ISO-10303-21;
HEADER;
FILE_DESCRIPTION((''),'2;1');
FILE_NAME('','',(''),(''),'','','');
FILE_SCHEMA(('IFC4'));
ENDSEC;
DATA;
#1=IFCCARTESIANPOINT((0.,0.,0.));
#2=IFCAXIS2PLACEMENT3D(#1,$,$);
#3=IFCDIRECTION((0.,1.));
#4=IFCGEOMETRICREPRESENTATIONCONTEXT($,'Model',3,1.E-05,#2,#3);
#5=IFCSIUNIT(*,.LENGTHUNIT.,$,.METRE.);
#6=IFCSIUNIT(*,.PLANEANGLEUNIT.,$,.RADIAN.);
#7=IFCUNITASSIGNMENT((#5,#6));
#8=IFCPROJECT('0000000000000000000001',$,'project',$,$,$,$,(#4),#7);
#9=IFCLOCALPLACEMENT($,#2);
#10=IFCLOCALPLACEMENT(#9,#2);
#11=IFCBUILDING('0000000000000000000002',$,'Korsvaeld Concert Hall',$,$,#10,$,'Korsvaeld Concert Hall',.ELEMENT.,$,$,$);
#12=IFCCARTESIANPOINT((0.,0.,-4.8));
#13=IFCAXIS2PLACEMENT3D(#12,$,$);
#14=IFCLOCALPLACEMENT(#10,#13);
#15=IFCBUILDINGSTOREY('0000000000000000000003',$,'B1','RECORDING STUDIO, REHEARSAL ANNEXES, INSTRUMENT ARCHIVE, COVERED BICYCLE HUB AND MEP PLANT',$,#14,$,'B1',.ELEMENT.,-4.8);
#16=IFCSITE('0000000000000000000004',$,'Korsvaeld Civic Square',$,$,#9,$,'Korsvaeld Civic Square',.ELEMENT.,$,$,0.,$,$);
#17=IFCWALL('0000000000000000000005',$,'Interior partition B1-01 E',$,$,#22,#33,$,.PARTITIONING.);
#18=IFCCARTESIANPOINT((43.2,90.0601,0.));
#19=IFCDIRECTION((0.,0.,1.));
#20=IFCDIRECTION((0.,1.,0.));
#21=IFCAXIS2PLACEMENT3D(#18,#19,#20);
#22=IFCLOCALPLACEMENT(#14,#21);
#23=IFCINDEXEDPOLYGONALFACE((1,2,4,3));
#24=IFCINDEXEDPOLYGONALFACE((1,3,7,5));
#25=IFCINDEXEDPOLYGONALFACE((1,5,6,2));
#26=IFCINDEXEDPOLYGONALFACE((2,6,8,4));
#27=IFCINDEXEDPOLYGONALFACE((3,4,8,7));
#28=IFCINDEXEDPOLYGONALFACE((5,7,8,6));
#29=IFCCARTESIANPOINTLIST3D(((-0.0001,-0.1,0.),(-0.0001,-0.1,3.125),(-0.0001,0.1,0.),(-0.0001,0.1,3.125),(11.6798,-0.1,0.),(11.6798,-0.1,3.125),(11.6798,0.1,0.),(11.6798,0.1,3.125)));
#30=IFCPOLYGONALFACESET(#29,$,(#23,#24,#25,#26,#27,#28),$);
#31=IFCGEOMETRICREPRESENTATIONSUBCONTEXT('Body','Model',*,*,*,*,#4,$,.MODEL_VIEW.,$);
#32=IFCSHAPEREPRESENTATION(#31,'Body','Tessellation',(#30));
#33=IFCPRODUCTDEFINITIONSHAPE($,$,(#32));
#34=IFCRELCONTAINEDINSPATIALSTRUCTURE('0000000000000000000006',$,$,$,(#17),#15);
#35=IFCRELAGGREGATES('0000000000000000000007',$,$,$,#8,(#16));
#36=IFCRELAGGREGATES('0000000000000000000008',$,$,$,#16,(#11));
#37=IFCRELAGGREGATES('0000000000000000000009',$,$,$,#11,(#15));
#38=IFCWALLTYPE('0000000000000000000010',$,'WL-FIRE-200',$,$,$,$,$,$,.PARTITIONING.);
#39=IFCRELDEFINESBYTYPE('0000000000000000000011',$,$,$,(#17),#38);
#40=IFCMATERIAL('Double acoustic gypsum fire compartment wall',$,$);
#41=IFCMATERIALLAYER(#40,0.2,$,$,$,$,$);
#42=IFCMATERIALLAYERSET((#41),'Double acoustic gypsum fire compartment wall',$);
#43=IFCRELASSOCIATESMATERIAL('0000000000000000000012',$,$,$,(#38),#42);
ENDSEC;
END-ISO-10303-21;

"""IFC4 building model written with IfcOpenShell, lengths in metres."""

from ifc_helpers import new_model, si_unit, direction, frame, frame_2d, origin, place, context, subcontext, project, spatial, rectangle, extrude, material, layer, layer_set, type_object, element, save


model = new_model("IFC4")

# Units and contexts
model_context = context("Model", 3, precision=1e-05, world=origin(), true_north=direction((0.0, 1.0)))
body_context = subcontext(model_context, "Body", "Model", "MODEL_VIEW")
ifc_project = project(units=[si_unit("LENGTHUNIT", "METRE"), si_unit("PLANEANGLEUNIT", "RADIAN")], contexts=[model_context])

# Site, building, storey
site_placement = place(None, origin())
site = spatial("IfcSite", under=ifc_project, at=site_placement, Name="Korsvaeld Civic Square", LongName="Korsvaeld Civic Square", CompositionType="ELEMENT", RefElevation=0.0)
building_placement = place(site_placement, origin())
building = spatial("IfcBuilding", under=site, at=building_placement, Name="Korsvaeld Concert Hall", LongName="Korsvaeld Concert Hall", CompositionType="ELEMENT")
storey_placement = place(building_placement, frame((0.0, 0.0, -4.8)))
storey = spatial("IfcBuildingStorey", under=building, at=storey_placement, Name="B1", Description="RECORDING STUDIO, REHEARSAL ANNEXES, INSTRUMENT ARCHIVE, COVERED BICYCLE HUB AND MEP PLANT", LongName="B1", CompositionType="ELEMENT", Elevation=-4.8)

# Wall
ifc_material_1 = material(Name="Double acoustic gypsum fire compartment wall")
ifc_layer_1 = layer(ifc_material_1, 0.2)
ifc_layer_set_1 = layer_set([ifc_layer_1], Name="Double acoustic gypsum fire compartment wall")
wall_type_1 = type_object("IfcWallType", Name="WL-FIRE-200", PredefinedType="PARTITIONING", material=ifc_layer_set_1)
wall_1_placement = place(storey_placement, frame((43.2, 90.0601, 0.0), z_axis=(0.0, 0.0, 1.0), x_axis=(0.0, 1.0, 0.0)))
element("IfcWall", 1, at=wall_1_placement, inside=storey, type_object=wall_type_1, Name="Interior partition B1-01 E", PredefinedType="PARTITIONING", context=body_context, shape_type="SweptSolid", body=[
    extrude(rectangle(XDim=11.6799, YDim=0.2, at=frame_2d((5.8398, 0.0))), origin(), (0.0, 0.0, 1.0), 3.125),
])

save(model, "model.ifc")
